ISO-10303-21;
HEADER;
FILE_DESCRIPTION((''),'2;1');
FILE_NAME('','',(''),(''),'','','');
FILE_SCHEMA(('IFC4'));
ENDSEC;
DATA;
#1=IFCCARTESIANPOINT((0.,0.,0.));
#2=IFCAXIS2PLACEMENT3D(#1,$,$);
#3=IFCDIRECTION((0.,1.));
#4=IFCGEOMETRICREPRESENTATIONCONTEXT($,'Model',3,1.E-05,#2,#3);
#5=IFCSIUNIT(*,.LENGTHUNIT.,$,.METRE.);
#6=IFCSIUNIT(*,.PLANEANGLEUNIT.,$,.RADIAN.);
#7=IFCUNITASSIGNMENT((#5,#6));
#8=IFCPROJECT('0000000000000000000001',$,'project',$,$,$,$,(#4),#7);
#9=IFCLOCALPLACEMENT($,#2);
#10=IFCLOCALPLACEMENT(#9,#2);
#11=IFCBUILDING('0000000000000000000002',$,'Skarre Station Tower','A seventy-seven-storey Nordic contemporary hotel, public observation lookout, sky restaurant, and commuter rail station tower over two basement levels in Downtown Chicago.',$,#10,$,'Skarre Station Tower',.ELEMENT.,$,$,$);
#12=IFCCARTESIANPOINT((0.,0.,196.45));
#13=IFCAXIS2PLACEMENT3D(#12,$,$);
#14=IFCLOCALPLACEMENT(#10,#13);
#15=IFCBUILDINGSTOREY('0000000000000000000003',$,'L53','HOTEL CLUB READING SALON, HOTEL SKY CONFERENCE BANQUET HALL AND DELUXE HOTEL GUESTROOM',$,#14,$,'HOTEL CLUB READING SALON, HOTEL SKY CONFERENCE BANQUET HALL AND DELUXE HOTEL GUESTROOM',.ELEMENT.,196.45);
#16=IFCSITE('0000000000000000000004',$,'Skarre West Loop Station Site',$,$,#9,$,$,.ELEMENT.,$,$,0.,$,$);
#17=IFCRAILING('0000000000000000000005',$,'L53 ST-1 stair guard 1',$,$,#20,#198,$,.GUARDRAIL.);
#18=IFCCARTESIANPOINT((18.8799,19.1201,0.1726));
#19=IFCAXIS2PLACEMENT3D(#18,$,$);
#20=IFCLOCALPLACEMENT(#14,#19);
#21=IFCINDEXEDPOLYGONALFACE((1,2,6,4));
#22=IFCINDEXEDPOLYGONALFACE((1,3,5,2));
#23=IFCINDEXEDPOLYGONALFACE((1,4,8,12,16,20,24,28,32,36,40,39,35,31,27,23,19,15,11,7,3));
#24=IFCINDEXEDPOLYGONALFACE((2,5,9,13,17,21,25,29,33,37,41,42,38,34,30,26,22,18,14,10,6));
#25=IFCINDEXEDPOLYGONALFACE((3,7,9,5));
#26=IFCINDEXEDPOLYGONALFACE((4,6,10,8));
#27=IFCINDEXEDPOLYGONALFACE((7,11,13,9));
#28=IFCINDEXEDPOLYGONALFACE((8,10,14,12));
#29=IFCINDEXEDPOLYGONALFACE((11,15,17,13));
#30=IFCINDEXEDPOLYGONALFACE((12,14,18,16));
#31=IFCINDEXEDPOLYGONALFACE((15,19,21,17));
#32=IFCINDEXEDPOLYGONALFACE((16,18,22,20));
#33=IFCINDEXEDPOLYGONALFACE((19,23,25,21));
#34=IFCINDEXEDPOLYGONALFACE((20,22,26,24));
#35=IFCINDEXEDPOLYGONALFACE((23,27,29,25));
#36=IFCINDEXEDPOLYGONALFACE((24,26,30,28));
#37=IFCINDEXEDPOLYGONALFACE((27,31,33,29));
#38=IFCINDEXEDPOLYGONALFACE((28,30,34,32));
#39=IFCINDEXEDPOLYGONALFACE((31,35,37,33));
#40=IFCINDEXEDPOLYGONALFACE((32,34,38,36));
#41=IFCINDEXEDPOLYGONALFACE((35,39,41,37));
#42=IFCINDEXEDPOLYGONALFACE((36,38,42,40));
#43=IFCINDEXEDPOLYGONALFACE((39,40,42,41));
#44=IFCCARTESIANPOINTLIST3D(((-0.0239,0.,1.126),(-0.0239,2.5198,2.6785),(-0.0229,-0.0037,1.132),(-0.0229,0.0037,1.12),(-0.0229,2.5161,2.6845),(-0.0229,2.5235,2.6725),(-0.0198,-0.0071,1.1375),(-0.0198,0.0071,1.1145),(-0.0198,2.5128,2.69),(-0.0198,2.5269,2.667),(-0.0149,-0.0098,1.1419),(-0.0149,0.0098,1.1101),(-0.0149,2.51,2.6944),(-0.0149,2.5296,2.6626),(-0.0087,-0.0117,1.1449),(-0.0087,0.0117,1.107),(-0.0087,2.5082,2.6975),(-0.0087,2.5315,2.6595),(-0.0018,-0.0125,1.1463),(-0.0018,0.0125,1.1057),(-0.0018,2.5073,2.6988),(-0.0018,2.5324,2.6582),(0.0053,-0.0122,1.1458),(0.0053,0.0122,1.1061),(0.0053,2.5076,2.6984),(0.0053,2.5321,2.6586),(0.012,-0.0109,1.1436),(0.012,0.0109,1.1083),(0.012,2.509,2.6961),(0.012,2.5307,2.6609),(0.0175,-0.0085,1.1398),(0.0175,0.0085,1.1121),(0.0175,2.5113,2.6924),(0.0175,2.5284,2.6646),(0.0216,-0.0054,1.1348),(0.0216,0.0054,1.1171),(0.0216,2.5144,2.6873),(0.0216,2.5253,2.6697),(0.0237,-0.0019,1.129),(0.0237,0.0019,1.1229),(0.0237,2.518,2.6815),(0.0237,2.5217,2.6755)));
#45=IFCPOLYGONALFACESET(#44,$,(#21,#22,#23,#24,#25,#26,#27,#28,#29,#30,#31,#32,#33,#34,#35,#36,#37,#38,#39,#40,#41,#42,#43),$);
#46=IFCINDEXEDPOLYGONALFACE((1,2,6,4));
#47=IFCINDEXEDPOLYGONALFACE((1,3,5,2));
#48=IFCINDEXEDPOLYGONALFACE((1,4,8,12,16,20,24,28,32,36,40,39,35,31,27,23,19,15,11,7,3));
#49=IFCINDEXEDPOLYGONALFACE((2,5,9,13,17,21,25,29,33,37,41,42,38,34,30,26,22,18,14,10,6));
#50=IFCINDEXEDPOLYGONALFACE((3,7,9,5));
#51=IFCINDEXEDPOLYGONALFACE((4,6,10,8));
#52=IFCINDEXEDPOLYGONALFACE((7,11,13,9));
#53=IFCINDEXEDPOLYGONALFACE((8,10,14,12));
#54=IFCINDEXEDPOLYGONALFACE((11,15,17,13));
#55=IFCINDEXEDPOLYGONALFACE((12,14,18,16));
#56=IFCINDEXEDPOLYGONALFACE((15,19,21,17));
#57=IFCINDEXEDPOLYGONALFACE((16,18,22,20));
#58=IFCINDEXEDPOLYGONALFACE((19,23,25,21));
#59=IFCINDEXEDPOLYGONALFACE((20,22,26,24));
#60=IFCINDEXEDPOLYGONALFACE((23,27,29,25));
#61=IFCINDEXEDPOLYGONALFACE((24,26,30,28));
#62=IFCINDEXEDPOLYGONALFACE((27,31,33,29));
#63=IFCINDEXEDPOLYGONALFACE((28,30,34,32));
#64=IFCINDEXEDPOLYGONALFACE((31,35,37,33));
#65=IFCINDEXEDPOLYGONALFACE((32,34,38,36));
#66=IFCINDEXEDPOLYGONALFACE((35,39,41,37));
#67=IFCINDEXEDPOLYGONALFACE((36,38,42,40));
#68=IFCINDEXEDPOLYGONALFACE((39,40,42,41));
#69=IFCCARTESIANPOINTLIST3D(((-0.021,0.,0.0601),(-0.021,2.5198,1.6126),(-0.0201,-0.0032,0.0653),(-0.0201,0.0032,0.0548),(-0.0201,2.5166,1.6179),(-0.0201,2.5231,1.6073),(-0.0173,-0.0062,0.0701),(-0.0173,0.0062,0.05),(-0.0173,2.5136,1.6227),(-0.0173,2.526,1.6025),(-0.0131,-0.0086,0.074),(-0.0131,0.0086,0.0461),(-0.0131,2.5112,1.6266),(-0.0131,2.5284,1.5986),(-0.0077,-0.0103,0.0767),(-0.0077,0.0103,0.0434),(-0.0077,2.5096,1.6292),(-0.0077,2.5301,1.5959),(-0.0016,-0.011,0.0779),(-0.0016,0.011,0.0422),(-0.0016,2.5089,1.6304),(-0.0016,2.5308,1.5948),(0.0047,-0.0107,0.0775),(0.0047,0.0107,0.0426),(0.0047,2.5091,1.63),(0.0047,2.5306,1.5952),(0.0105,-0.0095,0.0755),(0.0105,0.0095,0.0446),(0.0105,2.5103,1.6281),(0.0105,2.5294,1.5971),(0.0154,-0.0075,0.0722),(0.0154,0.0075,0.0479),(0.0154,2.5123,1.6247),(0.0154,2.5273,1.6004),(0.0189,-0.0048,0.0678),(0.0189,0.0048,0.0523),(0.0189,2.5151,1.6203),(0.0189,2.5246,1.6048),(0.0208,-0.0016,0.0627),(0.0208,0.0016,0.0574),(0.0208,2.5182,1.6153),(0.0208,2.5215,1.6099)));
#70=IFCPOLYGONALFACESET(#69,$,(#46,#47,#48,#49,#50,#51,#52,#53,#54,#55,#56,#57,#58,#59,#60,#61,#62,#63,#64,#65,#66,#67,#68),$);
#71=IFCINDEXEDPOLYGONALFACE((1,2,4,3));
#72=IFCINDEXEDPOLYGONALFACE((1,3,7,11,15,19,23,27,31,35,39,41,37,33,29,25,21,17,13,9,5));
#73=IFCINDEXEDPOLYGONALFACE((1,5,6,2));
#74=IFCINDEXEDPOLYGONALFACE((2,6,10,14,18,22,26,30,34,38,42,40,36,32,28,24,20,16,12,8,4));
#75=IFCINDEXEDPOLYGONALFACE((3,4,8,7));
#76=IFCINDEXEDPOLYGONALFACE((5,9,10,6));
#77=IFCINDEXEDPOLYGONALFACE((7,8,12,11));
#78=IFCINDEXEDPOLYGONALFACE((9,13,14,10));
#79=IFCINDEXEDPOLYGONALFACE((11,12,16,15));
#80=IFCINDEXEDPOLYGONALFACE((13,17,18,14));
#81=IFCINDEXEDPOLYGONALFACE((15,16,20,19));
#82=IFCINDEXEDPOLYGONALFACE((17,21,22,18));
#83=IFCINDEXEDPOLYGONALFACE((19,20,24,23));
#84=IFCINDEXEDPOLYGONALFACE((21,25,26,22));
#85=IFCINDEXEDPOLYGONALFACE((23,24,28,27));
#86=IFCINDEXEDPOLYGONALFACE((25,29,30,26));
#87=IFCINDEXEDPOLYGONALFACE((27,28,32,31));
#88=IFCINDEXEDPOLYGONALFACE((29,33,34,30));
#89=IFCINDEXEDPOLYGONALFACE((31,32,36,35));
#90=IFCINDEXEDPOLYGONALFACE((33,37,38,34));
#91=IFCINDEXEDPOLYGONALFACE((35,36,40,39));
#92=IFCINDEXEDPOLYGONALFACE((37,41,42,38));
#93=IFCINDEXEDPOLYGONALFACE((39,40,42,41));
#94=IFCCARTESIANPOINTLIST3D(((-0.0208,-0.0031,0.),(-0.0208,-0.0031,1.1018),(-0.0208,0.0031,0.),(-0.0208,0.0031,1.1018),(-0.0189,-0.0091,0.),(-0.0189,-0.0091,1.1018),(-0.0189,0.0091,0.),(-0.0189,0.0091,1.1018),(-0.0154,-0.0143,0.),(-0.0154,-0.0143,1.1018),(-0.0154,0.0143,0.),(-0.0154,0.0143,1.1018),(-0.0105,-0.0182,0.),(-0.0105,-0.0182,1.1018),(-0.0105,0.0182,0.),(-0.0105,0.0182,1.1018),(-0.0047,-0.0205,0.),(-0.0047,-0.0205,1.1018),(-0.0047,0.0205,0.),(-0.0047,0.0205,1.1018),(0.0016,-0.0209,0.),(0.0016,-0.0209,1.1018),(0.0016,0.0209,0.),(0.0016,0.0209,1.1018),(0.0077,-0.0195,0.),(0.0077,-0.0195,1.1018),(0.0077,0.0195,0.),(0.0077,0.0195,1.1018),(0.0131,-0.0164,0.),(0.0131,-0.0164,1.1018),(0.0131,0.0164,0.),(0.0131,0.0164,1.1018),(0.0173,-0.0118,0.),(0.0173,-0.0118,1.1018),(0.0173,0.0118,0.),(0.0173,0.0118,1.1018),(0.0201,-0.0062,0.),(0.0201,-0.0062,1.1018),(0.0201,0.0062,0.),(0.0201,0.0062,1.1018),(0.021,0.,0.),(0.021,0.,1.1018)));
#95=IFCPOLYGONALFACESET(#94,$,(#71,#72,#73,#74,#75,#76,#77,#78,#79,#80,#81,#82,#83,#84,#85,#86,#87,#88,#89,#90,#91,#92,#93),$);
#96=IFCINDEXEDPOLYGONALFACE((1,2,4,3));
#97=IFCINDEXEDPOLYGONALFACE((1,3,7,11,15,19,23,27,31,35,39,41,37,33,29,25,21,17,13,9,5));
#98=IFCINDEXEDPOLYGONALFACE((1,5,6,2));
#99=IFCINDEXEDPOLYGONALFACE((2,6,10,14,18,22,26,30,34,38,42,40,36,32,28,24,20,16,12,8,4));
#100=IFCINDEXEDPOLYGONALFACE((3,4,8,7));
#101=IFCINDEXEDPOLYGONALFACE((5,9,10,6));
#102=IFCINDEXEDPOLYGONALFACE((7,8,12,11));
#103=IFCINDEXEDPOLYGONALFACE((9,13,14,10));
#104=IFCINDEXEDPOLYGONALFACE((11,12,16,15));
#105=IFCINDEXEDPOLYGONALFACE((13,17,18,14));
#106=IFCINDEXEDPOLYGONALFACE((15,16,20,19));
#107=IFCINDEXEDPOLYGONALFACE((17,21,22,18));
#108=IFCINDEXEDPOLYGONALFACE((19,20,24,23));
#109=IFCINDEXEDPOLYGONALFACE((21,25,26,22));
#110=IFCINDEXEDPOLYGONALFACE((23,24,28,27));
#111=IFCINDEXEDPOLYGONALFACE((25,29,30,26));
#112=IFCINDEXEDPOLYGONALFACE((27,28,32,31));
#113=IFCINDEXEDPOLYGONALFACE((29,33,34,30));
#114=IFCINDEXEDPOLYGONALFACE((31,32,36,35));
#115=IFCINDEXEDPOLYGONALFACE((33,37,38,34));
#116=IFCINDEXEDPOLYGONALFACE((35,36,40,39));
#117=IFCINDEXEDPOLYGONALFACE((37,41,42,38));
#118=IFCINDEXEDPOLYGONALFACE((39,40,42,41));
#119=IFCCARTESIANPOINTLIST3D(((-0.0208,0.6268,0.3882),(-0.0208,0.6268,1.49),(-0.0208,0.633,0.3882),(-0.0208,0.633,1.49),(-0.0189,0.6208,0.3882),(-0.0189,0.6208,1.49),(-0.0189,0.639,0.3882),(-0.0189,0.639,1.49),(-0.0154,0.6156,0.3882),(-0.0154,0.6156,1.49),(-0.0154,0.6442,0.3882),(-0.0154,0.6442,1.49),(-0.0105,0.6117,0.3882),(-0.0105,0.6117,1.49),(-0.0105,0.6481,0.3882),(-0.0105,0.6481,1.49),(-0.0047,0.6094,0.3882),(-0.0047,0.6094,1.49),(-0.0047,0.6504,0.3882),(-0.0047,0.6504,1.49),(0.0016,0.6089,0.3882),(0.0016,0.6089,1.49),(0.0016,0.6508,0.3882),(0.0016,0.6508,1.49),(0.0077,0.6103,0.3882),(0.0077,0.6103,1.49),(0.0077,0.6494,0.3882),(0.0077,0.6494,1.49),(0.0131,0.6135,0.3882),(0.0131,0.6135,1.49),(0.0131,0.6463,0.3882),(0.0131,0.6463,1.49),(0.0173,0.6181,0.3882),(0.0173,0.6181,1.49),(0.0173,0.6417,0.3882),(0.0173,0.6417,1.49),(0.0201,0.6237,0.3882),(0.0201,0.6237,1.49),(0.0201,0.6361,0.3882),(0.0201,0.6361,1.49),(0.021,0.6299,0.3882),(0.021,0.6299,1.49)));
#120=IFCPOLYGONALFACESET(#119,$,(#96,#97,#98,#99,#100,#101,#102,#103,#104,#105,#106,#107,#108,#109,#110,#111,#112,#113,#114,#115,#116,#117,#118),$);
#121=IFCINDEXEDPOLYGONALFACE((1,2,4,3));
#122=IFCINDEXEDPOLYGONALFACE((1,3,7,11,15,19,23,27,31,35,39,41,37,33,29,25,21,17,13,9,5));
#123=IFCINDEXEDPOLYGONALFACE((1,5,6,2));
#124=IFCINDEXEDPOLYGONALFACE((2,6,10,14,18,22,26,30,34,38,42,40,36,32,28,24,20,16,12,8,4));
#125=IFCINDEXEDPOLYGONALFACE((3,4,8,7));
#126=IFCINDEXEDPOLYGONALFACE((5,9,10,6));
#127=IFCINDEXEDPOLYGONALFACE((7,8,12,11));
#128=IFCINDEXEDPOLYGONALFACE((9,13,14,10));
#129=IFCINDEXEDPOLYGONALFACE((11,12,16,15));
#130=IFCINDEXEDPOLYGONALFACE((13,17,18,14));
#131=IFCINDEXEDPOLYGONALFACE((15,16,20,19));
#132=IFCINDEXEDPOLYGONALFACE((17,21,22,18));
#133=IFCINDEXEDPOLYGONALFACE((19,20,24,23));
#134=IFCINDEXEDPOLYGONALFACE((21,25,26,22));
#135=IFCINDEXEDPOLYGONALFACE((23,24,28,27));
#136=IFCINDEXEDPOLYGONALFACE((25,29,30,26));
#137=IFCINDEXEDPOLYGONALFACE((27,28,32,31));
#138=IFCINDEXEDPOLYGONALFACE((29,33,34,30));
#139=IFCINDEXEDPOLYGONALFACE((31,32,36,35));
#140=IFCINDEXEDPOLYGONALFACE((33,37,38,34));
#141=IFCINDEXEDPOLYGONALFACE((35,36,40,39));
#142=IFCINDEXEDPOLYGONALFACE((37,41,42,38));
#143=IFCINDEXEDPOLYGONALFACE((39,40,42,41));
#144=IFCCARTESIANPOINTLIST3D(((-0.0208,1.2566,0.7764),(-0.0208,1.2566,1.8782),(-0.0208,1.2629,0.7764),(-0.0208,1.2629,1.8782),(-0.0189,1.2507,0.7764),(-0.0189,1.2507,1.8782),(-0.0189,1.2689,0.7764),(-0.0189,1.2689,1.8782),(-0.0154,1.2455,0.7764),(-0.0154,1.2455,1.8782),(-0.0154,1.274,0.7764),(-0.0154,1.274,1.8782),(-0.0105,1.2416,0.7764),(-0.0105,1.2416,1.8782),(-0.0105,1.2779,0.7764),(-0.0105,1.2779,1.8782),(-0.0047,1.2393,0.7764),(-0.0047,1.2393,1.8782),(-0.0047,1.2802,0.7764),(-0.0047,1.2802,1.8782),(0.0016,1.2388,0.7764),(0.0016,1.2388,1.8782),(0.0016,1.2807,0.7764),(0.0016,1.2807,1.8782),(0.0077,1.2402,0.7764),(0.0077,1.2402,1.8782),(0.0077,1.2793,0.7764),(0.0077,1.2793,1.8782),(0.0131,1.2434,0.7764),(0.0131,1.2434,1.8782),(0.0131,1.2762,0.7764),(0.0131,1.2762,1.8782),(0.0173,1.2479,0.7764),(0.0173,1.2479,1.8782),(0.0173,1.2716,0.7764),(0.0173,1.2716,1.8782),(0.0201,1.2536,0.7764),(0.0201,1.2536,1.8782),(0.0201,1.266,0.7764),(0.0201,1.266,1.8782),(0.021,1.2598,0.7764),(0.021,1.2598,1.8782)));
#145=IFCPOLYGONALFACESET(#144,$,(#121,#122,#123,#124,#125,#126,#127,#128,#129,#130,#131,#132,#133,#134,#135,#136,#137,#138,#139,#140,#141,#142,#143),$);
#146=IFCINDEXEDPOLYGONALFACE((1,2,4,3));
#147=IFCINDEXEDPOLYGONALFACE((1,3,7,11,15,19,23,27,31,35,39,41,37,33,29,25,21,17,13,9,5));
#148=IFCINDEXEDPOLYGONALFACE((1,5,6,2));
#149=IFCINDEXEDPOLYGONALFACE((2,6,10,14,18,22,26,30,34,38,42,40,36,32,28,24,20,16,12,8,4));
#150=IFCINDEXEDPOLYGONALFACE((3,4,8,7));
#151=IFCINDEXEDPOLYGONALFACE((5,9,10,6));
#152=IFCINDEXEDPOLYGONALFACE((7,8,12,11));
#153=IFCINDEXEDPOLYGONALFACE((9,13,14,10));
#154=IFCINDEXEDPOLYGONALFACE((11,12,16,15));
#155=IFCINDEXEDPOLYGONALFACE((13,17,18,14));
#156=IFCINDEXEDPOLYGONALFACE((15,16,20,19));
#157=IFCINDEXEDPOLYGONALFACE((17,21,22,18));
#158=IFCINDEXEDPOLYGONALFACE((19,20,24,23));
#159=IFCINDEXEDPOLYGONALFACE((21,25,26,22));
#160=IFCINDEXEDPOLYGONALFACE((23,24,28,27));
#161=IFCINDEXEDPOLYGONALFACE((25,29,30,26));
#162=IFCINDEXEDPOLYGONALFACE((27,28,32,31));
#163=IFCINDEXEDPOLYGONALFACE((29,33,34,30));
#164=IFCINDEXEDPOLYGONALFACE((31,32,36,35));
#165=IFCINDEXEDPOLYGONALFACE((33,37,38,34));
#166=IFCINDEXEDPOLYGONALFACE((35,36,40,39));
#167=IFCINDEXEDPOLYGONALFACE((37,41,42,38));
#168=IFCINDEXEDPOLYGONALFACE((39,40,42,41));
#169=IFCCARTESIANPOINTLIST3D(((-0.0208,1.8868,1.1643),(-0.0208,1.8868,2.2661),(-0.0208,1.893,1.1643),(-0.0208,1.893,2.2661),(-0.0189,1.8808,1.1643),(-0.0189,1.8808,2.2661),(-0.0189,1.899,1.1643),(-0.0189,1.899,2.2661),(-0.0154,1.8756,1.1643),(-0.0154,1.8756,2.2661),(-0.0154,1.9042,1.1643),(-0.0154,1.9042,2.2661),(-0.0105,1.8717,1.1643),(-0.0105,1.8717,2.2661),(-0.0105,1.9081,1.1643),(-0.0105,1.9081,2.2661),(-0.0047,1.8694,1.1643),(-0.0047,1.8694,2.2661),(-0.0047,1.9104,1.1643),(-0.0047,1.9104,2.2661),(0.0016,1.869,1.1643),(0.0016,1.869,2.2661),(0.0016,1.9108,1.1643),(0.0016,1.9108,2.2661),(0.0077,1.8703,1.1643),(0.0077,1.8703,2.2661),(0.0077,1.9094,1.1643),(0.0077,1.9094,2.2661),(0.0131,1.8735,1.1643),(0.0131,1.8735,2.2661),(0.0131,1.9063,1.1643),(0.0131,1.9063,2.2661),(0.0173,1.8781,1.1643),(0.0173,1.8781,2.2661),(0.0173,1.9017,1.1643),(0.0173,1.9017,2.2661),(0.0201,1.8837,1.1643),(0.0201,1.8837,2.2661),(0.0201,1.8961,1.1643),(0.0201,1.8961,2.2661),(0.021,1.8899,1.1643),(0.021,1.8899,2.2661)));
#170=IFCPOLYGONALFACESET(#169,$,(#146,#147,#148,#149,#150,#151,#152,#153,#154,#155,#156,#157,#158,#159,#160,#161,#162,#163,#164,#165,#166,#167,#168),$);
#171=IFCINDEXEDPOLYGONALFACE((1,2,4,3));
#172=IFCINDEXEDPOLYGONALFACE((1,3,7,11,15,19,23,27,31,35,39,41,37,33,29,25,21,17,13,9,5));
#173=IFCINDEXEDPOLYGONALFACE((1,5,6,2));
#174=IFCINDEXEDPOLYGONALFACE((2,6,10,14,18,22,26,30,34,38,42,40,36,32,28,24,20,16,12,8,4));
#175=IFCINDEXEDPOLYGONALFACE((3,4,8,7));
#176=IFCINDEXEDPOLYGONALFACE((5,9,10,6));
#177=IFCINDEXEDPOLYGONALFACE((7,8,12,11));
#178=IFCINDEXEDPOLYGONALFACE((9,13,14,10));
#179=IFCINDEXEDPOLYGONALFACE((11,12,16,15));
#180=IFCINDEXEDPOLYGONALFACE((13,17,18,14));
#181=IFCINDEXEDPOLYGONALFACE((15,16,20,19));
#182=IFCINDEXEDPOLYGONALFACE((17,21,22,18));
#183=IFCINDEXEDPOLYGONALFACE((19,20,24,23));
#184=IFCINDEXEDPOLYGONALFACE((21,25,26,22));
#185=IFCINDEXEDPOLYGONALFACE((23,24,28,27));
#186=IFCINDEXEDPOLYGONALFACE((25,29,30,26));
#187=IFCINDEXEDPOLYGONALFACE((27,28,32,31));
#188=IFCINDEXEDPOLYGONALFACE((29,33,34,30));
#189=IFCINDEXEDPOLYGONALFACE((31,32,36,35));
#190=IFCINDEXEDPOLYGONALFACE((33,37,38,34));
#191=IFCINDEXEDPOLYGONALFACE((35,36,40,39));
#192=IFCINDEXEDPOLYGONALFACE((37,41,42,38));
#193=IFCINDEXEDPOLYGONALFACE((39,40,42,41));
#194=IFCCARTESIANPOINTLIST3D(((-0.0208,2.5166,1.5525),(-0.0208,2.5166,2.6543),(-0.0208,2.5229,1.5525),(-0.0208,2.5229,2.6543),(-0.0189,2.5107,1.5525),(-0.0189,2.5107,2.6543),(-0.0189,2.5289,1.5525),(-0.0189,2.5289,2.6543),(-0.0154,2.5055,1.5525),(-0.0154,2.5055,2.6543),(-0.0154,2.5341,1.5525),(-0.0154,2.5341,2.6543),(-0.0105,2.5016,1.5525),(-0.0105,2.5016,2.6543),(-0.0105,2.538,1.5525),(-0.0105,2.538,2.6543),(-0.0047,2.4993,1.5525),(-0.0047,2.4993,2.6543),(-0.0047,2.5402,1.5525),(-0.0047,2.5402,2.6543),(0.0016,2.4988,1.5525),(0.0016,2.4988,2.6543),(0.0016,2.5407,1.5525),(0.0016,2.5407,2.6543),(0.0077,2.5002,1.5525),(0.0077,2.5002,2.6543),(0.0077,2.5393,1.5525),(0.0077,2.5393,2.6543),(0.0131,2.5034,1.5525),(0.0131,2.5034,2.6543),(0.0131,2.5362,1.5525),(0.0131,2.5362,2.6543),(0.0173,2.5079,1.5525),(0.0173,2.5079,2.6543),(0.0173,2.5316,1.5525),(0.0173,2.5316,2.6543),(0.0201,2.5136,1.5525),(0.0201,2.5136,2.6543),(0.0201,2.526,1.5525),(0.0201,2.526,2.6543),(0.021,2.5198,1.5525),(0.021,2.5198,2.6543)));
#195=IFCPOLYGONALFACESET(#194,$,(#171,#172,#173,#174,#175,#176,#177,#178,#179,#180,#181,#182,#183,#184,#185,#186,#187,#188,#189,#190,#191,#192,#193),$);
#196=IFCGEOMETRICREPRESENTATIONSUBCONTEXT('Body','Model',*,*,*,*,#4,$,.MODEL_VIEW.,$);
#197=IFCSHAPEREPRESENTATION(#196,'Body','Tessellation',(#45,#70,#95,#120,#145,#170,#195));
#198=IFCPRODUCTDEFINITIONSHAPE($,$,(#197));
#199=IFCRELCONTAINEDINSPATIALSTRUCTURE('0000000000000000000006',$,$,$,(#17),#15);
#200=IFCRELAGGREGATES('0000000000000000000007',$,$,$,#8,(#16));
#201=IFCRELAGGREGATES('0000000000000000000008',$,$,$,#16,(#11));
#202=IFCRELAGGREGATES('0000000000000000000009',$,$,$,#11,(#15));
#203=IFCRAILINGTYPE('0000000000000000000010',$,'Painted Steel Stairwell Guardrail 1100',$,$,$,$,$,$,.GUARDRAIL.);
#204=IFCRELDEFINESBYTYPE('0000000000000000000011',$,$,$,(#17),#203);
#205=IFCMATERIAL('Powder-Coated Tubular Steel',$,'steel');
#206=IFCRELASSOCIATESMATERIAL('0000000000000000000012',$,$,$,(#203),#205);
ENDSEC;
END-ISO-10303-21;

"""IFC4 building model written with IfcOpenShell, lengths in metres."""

from ifc_helpers import new_model, si_unit, direction, frame, origin, origin_2d, place, context, subcontext, project, spatial, circle, extrude, material, type_object, element, save


model = new_model("IFC4")

# Units and contexts
model_context = context("Model", 3, precision=1e-05, world=origin(), true_north=direction((0.0, 1.0)))
body_context = subcontext(model_context, "Body", "Model", "MODEL_VIEW")
ifc_project = project(units=[si_unit("LENGTHUNIT", "METRE"), si_unit("PLANEANGLEUNIT", "RADIAN")], contexts=[model_context])

# Site, building, storey
site_placement = place(None, origin())
site = spatial("IfcSite", under=ifc_project, at=site_placement, Name="Skarre West Loop Station Site", CompositionType="ELEMENT", RefElevation=0.0)
building_placement = place(site_placement, origin())
building = spatial("IfcBuilding", under=site, at=building_placement, Name="Skarre Station Tower", Description="A seventy-seven-storey Nordic contemporary hotel, public observation lookout, sky restaurant, and commuter rail station tower over two basement levels in Downtown Chicago.", LongName="Skarre Station Tower", CompositionType="ELEMENT")
storey_placement = place(building_placement, frame((0.0, 0.0, 196.45)))
storey = spatial("IfcBuildingStorey", under=building, at=storey_placement, Name="L53", Description="HOTEL CLUB READING SALON, HOTEL SKY CONFERENCE BANQUET HALL AND DELUXE HOTEL GUESTROOM", LongName="HOTEL CLUB READING SALON, HOTEL SKY CONFERENCE BANQUET HALL AND DELUXE HOTEL GUESTROOM", CompositionType="ELEMENT", Elevation=196.45)

# Railing
ifc_material_1 = material(Name="Powder-Coated Tubular Steel", Category="steel")
railing_type_1 = type_object("IfcRailingType", Name="Painted Steel Stairwell Guardrail 1100", PredefinedType="GUARDRAIL", material=ifc_material_1)
railing_1_placement = place(storey_placement, frame((18.8799, 19.1201, 0.1726)))
element("IfcRailing", 1, at=railing_1_placement, inside=storey, type_object=railing_type_1, Name="L53 ST-1 stair guard 1", PredefinedType="GUARDRAIL", context=body_context, shape_type="SweptSolid", body=[
    extrude(circle(Radius=0.0239, at=origin_2d()), frame((0.0, 0.0, 1.126), z_axis=(0.0, 0.851378, 0.524553), x_axis=(-1.0, 0.0, 0.0)), (0.0, 0.0, 1.0), 2.9597),
    extrude(circle(Radius=0.021, at=origin_2d()), frame((0.0, 0.0, 0.0601), z_axis=(0.0, 0.851378, 0.524553), x_axis=(-1.0, 0.0, 0.0)), (0.0, 0.0, 1.0), 2.9597),
    extrude(circle(Radius=0.021, at=origin_2d()), origin(), (0.0, 0.0, 1.0), 1.1018),
    extrude(circle(Radius=0.021, at=origin_2d()), frame((0.0, 0.6299, 0.3882)), (0.0, 0.0, 1.0), 1.1018),
    extrude(circle(Radius=0.021, at=origin_2d()), frame((0.0, 1.2598, 0.7764)), (0.0, 0.0, 1.0), 1.1018),
    extrude(circle(Radius=0.021, at=origin_2d()), frame((0.0, 1.8899, 1.1643)), (0.0, 0.0, 1.0), 1.1018),
    extrude(circle(Radius=0.021, at=origin_2d()), frame((0.0, 2.5198, 1.5525)), (0.0, 0.0, 1.0), 1.1018),
])

save(model, "model.ifc")
